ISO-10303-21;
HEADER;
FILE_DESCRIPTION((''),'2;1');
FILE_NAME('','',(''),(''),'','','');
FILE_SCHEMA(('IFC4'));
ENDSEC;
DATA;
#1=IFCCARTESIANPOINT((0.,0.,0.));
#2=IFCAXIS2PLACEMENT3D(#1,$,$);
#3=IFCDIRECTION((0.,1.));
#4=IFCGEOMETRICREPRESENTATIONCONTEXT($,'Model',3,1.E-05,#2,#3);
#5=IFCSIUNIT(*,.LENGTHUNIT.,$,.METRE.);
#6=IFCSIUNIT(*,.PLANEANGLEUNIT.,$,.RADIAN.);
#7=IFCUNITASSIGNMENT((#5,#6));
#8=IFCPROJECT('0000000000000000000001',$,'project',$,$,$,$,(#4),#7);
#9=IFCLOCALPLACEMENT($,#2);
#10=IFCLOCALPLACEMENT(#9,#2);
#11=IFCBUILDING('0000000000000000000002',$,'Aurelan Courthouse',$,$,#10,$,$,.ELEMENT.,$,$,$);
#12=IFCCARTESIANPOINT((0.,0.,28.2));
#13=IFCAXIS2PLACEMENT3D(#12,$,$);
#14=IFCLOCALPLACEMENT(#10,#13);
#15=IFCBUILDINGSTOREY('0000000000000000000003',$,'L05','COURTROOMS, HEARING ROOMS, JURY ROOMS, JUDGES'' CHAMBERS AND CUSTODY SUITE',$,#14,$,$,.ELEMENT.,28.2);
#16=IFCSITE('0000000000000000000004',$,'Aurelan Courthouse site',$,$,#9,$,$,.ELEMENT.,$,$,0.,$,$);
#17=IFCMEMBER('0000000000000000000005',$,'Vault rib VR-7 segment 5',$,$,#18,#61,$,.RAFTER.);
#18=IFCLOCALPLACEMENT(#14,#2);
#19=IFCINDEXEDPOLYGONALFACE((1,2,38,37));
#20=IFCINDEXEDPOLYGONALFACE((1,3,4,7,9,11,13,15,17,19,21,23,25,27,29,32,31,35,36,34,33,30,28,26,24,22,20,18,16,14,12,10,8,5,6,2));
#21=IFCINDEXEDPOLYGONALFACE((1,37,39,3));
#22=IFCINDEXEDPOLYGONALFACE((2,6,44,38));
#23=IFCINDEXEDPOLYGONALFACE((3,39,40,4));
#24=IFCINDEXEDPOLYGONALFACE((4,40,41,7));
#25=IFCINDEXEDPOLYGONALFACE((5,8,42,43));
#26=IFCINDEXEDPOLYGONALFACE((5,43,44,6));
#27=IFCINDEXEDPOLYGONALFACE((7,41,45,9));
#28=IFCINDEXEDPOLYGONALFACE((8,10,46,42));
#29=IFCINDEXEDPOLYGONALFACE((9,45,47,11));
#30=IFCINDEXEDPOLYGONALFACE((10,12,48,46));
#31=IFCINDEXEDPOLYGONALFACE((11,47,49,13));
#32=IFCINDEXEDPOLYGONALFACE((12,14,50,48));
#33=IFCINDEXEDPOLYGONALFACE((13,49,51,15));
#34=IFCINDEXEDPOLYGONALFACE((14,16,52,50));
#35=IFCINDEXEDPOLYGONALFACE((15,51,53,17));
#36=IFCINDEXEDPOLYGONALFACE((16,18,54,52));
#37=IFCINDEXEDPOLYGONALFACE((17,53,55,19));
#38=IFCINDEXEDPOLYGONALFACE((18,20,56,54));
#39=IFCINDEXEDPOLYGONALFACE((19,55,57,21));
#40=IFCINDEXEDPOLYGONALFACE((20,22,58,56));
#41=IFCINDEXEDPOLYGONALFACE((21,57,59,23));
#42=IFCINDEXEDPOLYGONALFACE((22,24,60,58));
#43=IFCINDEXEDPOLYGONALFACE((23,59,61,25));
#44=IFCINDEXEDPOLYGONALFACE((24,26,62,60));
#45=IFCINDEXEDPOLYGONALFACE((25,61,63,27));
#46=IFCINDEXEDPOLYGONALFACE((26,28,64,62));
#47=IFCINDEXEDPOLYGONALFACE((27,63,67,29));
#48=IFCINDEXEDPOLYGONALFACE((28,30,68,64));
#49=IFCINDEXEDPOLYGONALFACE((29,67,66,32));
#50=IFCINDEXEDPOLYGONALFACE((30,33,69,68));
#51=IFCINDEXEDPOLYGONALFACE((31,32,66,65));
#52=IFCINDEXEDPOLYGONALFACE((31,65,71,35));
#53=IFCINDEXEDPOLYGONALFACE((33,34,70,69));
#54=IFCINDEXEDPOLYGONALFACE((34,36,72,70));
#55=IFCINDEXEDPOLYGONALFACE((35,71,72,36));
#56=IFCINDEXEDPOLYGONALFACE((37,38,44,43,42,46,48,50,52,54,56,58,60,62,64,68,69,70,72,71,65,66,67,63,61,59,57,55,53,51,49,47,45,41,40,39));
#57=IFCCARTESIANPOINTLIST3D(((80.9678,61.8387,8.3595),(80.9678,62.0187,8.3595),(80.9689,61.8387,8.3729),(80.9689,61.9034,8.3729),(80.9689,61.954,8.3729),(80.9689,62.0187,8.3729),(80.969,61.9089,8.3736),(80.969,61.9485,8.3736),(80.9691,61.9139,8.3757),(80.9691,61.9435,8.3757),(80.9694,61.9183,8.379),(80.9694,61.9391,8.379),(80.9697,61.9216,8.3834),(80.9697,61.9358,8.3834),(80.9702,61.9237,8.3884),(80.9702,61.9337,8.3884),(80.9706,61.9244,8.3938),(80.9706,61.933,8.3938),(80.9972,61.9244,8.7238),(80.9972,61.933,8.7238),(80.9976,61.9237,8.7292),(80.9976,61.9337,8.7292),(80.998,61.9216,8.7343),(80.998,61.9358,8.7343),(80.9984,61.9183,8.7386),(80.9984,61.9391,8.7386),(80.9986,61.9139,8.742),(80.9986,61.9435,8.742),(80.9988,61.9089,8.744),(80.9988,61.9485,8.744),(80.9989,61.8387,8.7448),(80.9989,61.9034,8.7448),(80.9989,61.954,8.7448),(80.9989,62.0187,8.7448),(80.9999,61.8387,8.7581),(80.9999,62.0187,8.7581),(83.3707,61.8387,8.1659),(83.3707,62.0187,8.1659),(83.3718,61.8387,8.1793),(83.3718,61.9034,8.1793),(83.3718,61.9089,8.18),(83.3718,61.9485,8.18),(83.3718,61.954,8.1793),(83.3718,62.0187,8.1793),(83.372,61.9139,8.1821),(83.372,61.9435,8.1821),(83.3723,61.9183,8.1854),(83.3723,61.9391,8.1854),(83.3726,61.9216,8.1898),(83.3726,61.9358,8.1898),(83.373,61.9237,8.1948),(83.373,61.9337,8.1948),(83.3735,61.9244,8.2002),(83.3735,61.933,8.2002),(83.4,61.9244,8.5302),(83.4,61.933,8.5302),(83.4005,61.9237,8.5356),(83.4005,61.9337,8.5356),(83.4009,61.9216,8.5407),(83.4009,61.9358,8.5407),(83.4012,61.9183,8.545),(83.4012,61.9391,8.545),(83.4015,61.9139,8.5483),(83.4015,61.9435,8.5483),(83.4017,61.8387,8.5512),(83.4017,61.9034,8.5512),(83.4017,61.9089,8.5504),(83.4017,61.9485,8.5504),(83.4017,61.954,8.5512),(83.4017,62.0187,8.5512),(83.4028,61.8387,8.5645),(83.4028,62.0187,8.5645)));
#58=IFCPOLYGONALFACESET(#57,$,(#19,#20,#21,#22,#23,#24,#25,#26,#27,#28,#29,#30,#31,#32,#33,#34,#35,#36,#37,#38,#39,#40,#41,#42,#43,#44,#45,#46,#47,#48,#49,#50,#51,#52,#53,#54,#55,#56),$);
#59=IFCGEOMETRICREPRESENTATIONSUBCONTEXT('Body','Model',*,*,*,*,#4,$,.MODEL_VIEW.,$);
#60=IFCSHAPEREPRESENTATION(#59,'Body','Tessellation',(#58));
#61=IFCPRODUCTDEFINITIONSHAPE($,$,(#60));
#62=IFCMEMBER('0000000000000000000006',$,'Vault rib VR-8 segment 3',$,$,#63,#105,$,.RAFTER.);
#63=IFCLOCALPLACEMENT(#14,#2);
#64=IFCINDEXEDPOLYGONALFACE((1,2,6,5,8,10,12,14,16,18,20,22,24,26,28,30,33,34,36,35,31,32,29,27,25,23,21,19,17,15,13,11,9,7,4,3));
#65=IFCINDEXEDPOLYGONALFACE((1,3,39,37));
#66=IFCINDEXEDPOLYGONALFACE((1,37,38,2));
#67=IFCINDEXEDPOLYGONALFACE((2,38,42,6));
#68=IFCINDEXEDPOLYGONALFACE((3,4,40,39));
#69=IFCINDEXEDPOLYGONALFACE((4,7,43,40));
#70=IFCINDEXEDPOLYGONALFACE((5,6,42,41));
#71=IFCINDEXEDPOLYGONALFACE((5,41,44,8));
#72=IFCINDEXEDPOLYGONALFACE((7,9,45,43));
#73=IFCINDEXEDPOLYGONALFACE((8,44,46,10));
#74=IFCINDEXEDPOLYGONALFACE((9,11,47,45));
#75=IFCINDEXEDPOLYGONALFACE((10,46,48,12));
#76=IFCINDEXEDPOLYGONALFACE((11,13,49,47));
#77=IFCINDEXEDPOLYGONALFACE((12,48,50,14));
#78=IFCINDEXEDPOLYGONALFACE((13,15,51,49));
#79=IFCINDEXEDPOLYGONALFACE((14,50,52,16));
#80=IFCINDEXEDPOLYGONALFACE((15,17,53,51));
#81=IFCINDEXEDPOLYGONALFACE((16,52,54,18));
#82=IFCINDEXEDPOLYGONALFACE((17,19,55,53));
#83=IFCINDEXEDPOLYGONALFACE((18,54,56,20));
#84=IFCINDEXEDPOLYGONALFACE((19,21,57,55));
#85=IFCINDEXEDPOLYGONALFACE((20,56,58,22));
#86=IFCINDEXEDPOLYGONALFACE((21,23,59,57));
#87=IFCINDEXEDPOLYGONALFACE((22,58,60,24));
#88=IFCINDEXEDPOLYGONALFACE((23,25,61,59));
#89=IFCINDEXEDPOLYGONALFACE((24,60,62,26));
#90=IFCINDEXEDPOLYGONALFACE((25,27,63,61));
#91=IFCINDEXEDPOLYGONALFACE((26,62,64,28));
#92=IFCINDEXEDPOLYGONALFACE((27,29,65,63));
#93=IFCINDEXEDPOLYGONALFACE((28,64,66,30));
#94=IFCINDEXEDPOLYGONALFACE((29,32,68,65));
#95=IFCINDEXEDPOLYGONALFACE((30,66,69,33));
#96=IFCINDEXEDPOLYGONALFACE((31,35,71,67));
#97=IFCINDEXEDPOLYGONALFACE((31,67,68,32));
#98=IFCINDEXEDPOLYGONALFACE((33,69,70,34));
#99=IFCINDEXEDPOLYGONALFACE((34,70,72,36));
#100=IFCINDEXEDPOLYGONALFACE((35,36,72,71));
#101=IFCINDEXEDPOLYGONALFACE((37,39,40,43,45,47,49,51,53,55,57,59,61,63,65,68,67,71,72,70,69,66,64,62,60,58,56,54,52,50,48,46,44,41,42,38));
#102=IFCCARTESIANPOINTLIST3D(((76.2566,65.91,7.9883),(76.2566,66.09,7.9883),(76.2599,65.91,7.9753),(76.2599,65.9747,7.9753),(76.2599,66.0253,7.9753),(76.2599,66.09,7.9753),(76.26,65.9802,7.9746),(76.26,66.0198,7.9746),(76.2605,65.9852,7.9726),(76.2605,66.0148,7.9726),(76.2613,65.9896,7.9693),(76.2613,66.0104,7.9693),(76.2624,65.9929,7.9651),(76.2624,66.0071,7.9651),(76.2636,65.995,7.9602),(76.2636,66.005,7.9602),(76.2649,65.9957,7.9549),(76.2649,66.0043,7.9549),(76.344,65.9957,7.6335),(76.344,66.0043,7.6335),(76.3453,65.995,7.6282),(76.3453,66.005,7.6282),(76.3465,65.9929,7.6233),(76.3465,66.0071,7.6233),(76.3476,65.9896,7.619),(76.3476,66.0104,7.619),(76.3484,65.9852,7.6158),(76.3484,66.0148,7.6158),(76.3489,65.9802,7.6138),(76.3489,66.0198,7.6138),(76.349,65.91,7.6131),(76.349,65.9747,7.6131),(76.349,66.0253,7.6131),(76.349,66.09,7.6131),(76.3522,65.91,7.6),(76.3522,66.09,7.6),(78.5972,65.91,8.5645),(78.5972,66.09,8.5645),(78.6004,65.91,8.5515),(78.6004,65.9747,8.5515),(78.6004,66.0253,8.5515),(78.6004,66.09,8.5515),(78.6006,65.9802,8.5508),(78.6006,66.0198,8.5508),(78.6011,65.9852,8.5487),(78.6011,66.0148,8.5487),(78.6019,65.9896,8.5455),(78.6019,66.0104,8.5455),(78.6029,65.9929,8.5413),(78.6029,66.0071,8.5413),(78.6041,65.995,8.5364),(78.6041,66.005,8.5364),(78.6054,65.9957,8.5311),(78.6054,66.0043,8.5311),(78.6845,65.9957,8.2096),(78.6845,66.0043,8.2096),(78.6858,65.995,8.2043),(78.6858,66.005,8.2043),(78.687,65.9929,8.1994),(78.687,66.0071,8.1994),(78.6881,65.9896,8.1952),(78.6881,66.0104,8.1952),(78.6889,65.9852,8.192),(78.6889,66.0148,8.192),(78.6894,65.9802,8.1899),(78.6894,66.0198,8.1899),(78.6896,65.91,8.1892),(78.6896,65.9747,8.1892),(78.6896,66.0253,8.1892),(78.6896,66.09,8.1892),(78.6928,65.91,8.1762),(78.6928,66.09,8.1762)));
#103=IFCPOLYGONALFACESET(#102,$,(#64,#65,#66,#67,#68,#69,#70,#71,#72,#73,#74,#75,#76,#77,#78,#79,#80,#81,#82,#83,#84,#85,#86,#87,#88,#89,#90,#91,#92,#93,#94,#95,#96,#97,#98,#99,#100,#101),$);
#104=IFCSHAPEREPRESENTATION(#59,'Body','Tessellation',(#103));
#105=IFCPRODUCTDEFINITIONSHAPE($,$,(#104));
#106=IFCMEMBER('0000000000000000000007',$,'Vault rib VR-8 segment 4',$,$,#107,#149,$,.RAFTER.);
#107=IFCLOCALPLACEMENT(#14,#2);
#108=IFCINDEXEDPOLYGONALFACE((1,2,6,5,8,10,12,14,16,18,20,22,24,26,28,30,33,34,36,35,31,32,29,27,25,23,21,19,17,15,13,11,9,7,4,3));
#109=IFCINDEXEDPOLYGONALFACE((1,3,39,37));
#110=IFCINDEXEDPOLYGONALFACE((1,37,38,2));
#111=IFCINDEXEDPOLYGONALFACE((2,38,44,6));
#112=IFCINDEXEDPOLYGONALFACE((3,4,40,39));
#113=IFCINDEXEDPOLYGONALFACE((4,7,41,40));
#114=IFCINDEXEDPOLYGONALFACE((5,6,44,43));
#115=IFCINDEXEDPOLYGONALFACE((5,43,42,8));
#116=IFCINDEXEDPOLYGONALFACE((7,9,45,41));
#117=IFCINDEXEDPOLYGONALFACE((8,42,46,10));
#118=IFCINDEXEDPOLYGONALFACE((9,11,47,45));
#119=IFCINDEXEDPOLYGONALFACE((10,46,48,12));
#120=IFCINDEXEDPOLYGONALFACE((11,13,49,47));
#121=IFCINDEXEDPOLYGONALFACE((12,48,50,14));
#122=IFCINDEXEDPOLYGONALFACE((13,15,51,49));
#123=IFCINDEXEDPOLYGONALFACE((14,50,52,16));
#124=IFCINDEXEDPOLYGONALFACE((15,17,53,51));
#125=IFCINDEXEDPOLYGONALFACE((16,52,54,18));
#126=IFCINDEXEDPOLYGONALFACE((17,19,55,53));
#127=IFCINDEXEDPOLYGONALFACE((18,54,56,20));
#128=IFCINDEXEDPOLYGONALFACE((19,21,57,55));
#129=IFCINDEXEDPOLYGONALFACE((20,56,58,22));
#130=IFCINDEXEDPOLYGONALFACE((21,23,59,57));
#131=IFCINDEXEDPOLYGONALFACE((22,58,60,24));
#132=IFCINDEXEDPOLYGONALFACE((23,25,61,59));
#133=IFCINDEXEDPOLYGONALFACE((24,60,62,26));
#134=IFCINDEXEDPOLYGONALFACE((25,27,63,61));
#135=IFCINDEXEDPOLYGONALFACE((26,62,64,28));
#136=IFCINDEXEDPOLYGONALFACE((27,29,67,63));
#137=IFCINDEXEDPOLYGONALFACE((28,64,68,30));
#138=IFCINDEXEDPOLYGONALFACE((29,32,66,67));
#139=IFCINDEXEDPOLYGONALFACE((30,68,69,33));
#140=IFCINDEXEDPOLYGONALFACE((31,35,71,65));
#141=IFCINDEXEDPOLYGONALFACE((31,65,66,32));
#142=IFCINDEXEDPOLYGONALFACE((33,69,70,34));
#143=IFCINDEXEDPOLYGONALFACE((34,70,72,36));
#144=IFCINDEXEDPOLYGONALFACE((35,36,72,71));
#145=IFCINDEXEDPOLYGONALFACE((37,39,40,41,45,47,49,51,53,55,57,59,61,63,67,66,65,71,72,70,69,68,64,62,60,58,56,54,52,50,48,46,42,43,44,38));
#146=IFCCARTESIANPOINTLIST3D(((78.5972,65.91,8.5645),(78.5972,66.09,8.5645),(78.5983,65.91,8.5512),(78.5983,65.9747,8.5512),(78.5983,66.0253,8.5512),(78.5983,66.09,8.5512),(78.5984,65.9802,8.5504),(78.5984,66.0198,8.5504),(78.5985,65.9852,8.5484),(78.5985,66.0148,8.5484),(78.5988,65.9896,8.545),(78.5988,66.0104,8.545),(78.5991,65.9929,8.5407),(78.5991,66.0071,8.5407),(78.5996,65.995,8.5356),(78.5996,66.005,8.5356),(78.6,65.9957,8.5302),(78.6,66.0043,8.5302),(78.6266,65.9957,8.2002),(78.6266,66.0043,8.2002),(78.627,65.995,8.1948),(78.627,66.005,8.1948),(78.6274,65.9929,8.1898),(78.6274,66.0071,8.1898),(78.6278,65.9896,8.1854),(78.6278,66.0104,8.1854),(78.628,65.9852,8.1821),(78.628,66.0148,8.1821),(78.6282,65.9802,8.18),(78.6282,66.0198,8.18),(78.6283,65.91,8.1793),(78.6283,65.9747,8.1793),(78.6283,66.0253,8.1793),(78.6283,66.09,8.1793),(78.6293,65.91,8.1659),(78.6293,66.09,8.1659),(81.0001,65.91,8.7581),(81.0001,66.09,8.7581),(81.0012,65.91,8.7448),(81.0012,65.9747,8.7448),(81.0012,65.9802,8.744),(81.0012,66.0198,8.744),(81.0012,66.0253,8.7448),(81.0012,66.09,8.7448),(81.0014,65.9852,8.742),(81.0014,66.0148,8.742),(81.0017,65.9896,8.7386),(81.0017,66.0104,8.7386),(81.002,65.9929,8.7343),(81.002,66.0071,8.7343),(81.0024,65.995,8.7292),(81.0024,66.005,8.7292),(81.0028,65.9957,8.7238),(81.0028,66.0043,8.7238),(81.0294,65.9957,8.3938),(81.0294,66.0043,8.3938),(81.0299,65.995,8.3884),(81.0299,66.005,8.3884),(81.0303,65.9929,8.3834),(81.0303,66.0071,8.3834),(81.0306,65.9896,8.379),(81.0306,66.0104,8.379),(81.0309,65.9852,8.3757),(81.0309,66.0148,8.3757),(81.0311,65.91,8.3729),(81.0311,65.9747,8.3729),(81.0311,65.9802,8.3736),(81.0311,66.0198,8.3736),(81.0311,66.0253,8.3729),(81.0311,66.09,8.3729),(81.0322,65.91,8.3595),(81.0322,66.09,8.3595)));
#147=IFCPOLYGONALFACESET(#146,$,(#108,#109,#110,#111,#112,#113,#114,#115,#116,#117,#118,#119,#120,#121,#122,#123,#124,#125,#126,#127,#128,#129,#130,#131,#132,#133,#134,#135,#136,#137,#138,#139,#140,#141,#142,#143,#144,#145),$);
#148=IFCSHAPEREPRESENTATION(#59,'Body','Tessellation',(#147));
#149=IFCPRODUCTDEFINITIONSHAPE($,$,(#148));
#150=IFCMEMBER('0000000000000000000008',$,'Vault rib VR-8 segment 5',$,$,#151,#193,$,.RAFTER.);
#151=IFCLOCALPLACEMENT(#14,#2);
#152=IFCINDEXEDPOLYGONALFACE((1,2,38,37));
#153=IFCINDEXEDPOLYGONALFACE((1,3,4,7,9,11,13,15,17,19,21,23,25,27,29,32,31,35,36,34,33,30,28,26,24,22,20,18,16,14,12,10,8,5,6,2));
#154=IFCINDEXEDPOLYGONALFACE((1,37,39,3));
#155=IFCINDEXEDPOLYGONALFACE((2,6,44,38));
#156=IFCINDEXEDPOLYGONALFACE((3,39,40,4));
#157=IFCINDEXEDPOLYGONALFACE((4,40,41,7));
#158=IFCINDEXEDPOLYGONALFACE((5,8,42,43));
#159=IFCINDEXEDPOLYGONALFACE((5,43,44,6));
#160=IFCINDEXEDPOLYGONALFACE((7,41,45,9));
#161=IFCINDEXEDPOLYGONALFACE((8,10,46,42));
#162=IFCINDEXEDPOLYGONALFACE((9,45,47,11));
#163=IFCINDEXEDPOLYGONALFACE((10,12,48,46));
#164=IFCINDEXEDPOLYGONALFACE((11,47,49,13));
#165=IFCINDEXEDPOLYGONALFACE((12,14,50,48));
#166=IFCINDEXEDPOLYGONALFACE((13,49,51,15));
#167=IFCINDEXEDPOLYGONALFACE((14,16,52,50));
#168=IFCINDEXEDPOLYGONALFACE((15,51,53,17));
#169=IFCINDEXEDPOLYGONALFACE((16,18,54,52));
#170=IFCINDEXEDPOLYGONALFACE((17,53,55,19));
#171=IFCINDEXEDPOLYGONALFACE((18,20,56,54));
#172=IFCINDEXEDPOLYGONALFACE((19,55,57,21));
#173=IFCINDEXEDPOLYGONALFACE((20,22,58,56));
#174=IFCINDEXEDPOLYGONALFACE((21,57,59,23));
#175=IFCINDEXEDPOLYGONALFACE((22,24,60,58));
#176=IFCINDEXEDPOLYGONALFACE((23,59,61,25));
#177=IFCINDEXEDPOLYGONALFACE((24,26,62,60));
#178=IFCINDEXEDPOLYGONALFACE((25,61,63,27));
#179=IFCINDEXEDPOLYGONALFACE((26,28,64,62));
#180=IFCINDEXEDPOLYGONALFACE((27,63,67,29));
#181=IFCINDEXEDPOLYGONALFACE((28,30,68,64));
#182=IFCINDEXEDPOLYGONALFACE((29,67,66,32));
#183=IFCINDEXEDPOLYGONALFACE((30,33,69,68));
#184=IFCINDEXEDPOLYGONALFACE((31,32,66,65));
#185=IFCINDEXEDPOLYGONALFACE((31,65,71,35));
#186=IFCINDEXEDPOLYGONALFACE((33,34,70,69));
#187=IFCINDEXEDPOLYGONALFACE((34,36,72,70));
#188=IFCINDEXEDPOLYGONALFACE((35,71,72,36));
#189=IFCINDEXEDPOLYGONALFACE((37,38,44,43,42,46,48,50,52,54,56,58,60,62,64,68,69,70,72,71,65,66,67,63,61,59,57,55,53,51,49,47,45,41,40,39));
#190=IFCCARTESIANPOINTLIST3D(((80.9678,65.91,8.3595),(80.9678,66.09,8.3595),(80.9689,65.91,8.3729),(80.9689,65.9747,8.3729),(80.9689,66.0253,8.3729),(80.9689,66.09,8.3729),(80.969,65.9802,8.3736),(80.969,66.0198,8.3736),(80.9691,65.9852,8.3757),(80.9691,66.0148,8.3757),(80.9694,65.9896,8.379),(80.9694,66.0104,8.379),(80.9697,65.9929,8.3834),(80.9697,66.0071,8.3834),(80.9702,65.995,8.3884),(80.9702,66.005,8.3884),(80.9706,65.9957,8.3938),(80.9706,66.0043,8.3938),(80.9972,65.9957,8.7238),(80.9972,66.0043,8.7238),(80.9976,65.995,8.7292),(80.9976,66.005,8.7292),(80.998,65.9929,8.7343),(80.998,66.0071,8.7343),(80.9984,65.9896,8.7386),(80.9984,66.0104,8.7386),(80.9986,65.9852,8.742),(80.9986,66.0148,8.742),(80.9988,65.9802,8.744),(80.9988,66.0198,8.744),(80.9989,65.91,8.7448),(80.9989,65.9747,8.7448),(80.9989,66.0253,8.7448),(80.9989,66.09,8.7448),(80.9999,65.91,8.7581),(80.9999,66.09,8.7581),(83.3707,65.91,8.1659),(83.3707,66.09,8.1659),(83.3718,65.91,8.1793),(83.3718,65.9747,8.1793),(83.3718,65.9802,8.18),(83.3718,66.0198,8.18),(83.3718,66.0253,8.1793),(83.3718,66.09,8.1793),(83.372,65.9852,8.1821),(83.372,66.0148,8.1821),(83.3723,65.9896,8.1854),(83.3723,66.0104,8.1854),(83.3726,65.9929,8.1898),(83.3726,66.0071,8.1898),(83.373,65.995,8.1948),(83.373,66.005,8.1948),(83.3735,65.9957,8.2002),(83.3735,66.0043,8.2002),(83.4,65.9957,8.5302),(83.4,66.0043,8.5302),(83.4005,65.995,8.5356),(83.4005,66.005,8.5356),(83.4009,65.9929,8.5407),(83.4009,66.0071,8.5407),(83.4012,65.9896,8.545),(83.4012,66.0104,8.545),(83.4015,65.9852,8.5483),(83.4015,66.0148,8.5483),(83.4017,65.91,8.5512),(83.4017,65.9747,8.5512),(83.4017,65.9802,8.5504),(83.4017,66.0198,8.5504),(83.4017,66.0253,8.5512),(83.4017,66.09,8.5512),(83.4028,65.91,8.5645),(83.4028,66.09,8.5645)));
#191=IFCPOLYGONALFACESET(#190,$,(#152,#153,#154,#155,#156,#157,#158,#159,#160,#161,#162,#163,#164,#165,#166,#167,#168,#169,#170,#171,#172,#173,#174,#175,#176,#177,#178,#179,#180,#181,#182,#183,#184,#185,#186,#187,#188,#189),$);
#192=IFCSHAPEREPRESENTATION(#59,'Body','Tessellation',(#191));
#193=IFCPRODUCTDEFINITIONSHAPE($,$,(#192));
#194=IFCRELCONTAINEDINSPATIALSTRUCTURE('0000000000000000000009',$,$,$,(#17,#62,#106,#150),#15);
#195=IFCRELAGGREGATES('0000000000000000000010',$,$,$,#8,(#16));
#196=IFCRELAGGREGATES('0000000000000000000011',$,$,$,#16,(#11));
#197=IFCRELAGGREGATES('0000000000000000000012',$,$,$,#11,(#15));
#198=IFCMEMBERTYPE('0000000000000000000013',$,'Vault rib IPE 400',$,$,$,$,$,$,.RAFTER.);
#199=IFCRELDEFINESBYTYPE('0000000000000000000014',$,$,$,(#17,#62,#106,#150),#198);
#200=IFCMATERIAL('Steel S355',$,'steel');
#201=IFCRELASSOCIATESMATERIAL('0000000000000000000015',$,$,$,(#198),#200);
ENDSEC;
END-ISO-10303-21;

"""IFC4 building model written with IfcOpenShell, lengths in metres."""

from ifc_helpers import new_model, si_unit, direction, frame, origin, origin_2d, place, context, subcontext, project, spatial, i_section, extrude, material, material_profile, profile_set, type_object, element, save


model = new_model("IFC4")

# Units and contexts
model_context = context("Model", 3, precision=1e-05, world=origin(), true_north=direction((0.0, 1.0)))
body_context = subcontext(model_context, "Body", "Model", "MODEL_VIEW")
ifc_project = project(units=[si_unit("LENGTHUNIT", "METRE"), si_unit("PLANEANGLEUNIT", "RADIAN")], contexts=[model_context])

# Site, building, storey
site_placement = place(None, origin())
site = spatial("IfcSite", under=ifc_project, at=site_placement, Name="Aurelan Courthouse site", CompositionType="ELEMENT", RefElevation=0.0)
building_placement = place(site_placement, origin())
building = spatial("IfcBuilding", under=site, at=building_placement, Name="Aurelan Courthouse", CompositionType="ELEMENT")
storey_placement = place(building_placement, frame((0.0, 0.0, 28.2)))
storey = spatial("IfcBuildingStorey", under=building, at=storey_placement, Name="L05", Description="COURTROOMS, HEARING ROOMS, JURY ROOMS, JUDGES' CHAMBERS AND CUSTODY SUITE", CompositionType="ELEMENT", Elevation=28.2)

# Shared definitions
ifc_material_1 = material(Name="Steel S355", Category="steel")

# Members
ifc_material_profile_1 = material_profile(ifc_material_1, i_section(OverallWidth=0.1799, OverallDepth=0.3999, WebThickness=0.0085, FlangeThickness=0.0134, FilletRadius=0.021, at=origin_2d()), Name="IPE 400")
ifc_profile_set_1 = profile_set([ifc_material_profile_1], Name="Steel S355")
member_type_1 = type_object("IfcMemberType", Name="Vault rib IPE 400", PredefinedType="RAFTER", material=ifc_profile_set_1)
for number, where, z_axis, x_axis, name in (
    (1, (80.9839, 61.9287, 8.5588), (0.99677, 0.0, -0.080313), (0.0, 1.0, 0.0), "Vault rib VR-7 segment 5"),
):
    element("IfcMember", number, at=place(storey_placement, frame(where, z_axis=z_axis, x_axis=x_axis)), inside=storey, type_object=member_type_1, Name=name, PredefinedType="RAFTER", context=body_context, shape_type="SweptSolid", body=[
        extrude(i_section(OverallWidth=0.1799, OverallDepth=0.3999, WebThickness=0.0085, FlangeThickness=0.0134, FilletRadius=0.021, at=origin_2d()), origin(), (0.0, 0.0, 1.0), 2.4106),
    ])
member_1_placement = place(storey_placement, frame((76.3044, 66.0, 7.7942), z_axis=(0.971012, 0.0, 0.239031), x_axis=(0.0, 1.0, 0.0)))
element("IfcMember", 2, at=member_1_placement, inside=storey, type_object=member_type_1, Name="Vault rib VR-8 segment 3", PredefinedType="RAFTER", context=body_context, shape_type="SweptSolid", body=[
    extrude(i_section(OverallWidth=0.1799, OverallDepth=0.3999, WebThickness=0.0085, FlangeThickness=0.0134, FilletRadius=0.021, at=origin_2d()), origin(), (0.0, 0.0, 1.0), 2.4104),
])
for number, where, z_axis, x_axis, name in (
    (3, (78.6133, 66.0, 8.3652), (0.99677, 0.0, 0.080313), (0.0, 1.0, 0.0), "Vault rib VR-8 segment 4"),
    (4, (80.9839, 66.0, 8.5588), (0.99677, 0.0, -0.080313), (0.0, 1.0, 0.0), "Vault rib VR-8 segment 5"),
):
    element("IfcMember", number, at=place(storey_placement, frame(where, z_axis=z_axis, x_axis=x_axis)), inside=storey, type_object=member_type_1, Name=name, PredefinedType="RAFTER", context=body_context, shape_type="SweptSolid", body=[
        extrude(i_section(OverallWidth=0.1799, OverallDepth=0.3999, WebThickness=0.0085, FlangeThickness=0.0134, FilletRadius=0.021, at=origin_2d()), origin(), (0.0, 0.0, 1.0), 2.4106),
    ])

save(model, "model.ifc")
